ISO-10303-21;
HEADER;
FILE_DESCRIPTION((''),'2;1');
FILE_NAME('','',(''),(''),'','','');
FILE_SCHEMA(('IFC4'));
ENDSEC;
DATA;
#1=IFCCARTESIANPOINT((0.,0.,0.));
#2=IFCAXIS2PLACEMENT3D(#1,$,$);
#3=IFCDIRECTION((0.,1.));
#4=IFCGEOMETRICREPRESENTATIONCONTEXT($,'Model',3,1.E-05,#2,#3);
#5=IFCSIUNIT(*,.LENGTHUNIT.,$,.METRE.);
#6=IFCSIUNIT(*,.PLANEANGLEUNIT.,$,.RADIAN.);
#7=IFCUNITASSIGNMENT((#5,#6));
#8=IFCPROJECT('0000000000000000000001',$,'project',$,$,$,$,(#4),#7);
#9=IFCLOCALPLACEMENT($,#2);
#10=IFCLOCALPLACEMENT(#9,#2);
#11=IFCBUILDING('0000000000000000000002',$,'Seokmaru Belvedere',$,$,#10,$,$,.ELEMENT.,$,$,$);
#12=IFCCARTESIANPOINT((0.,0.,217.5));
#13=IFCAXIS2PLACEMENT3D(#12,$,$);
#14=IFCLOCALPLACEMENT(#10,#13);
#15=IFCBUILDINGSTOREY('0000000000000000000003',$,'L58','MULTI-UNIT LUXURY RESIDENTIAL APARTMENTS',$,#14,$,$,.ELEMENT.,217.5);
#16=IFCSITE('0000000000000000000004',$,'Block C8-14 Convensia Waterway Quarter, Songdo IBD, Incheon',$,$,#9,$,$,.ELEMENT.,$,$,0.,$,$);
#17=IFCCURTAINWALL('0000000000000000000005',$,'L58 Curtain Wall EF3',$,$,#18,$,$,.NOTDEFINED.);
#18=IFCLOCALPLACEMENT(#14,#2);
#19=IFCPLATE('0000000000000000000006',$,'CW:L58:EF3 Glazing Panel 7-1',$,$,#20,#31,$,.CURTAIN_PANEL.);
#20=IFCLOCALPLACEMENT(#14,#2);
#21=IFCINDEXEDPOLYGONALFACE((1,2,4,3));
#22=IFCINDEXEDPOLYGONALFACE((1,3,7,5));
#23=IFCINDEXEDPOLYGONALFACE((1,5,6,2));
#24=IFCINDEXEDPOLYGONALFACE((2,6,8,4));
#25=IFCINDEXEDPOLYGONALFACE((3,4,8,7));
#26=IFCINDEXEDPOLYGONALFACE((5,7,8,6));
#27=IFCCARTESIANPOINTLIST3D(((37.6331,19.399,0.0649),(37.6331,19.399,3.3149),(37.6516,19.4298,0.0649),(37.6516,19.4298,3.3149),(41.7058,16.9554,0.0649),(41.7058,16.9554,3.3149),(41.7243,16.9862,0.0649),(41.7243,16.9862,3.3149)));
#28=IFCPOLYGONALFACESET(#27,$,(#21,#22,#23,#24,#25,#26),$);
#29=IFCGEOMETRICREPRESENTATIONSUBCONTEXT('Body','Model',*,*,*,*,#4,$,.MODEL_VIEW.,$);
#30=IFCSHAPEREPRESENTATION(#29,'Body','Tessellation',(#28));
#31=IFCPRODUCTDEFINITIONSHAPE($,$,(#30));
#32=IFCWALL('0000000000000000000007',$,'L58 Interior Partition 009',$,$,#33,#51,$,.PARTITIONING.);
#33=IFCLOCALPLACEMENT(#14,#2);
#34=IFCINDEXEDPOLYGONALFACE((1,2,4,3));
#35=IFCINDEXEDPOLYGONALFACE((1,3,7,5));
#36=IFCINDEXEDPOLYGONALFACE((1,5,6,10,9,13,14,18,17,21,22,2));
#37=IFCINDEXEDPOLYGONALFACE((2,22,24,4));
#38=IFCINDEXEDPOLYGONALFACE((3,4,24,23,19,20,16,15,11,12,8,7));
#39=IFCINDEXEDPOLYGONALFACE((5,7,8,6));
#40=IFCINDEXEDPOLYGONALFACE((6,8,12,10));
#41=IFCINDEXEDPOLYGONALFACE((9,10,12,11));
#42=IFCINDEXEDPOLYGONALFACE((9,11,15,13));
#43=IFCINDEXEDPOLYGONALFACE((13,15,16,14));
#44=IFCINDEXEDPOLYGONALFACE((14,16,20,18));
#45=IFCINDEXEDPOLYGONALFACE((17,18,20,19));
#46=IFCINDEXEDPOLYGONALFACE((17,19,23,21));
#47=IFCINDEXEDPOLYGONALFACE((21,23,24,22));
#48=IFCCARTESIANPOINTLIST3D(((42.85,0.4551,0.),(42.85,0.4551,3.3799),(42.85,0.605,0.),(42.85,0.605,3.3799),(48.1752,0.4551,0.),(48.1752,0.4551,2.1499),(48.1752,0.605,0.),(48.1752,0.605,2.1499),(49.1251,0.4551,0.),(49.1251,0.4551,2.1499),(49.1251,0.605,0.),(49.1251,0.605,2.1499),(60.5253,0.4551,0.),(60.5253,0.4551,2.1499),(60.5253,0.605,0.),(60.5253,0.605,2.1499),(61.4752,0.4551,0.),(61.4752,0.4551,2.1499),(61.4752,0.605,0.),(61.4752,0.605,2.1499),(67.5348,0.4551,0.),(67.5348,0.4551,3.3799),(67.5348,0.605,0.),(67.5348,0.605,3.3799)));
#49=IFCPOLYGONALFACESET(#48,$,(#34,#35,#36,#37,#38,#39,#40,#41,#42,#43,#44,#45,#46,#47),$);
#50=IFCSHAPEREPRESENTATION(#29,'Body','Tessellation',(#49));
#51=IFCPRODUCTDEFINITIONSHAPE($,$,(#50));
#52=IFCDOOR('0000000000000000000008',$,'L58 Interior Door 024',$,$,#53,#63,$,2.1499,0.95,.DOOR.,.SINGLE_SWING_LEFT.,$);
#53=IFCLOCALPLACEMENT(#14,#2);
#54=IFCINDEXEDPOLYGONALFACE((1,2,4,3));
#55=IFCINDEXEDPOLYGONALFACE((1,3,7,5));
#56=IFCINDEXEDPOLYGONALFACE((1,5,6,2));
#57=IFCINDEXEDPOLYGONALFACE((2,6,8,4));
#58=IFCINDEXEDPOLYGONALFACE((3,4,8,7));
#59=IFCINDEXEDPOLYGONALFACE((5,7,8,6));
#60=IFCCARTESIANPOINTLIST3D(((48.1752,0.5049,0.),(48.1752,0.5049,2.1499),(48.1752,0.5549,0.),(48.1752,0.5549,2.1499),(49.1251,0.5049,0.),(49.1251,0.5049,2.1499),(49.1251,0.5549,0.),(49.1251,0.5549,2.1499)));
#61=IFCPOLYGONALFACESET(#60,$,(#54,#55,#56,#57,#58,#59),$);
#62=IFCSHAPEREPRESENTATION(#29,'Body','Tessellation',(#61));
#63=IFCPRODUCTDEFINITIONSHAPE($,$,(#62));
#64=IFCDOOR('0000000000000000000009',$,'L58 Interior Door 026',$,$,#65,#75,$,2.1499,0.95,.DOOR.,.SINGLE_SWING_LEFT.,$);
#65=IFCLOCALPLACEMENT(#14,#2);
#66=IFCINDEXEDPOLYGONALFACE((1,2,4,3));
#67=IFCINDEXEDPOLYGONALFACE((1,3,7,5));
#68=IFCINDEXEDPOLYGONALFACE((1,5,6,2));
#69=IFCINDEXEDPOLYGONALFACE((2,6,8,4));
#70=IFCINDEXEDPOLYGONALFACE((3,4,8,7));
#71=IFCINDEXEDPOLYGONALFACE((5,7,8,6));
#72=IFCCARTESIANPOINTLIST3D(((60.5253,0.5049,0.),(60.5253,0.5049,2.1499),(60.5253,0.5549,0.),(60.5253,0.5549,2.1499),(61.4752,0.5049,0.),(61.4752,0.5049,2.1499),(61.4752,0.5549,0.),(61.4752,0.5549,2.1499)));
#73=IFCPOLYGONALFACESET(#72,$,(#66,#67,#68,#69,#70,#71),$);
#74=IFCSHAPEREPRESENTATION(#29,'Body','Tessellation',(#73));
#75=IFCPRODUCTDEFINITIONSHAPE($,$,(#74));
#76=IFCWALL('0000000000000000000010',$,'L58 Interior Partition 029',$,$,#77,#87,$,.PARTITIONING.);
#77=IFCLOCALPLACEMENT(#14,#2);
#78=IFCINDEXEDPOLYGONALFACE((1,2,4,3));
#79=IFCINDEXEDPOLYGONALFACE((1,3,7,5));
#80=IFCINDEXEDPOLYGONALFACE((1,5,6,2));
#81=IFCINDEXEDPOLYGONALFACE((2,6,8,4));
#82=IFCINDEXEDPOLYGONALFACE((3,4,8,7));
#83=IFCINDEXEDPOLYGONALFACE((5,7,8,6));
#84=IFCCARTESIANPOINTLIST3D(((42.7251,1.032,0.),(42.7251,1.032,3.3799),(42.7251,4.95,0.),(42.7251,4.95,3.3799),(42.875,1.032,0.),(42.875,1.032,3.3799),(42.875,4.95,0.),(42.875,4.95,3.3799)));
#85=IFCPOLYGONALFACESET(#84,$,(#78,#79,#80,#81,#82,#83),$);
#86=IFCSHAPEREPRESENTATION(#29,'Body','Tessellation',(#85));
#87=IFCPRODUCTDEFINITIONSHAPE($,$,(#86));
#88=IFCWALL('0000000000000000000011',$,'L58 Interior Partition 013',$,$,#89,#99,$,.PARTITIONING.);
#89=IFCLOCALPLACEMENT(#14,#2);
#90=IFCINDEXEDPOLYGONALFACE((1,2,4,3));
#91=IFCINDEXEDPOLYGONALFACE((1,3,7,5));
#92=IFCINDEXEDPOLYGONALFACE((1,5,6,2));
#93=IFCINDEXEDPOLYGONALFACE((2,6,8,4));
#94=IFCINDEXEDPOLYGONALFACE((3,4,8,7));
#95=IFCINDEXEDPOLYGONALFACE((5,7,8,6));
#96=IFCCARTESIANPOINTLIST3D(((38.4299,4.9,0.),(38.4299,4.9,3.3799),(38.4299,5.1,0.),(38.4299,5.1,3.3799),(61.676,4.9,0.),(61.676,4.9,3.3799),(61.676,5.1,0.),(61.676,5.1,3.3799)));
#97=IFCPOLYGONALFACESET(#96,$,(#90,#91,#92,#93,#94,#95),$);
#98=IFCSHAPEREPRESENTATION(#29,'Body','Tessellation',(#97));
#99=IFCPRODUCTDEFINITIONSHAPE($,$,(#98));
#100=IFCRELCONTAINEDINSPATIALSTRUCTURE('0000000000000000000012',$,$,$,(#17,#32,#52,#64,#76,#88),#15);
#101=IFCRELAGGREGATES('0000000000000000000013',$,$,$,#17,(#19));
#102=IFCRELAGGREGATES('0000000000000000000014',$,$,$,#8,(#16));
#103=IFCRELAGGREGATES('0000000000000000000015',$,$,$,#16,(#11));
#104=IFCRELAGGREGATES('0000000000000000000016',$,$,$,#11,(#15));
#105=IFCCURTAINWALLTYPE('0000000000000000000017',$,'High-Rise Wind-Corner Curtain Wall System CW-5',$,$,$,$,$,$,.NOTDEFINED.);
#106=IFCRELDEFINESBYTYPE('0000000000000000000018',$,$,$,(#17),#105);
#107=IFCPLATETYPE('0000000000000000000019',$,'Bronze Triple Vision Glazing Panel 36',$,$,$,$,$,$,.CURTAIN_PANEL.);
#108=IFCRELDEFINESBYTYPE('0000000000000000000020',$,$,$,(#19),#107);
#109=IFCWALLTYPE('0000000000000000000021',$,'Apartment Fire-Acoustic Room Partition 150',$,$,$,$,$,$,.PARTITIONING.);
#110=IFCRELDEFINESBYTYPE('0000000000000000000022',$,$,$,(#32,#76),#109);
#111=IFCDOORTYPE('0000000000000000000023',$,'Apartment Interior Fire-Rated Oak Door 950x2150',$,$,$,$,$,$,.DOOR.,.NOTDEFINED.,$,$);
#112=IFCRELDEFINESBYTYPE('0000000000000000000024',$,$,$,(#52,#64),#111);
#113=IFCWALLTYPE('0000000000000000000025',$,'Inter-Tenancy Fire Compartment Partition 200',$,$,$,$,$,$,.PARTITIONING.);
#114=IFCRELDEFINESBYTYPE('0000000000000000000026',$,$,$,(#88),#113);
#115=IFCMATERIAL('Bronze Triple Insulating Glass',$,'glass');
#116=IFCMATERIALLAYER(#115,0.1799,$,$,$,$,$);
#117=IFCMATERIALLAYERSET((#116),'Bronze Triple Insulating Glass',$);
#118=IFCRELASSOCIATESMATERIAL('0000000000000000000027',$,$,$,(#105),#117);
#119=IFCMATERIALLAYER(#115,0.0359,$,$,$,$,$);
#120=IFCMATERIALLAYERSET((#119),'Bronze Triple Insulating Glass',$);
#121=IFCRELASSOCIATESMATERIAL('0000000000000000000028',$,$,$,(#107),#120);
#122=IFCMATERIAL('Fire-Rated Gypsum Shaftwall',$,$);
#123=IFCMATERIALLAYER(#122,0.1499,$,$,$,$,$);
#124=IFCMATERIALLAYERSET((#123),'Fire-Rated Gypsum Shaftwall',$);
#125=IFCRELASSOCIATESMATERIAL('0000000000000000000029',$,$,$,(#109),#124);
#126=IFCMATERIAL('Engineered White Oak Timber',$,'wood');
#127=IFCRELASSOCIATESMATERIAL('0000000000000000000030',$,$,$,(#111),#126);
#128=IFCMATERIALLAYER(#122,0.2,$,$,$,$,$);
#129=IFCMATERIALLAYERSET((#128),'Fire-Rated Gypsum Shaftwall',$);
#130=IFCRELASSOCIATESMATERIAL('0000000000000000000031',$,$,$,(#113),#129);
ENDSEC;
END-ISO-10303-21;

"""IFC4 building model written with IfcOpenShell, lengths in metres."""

from ifc_helpers import new_model, si_unit, direction, frame, frame_2d, origin, origin_2d, place, context, subcontext, project, spatial, rectangle, extrude, source, transform, mapped, material, layer, layer_set, type_object, type_shapes, element, fill, aggregate, save


model = new_model("IFC4")

# Units and contexts
model_context = context("Model", 3, precision=1e-05, world=origin(), true_north=direction((0.0, 1.0)))
body_context = subcontext(model_context, "Body", "Model", "MODEL_VIEW")
ifc_project = project(units=[si_unit("LENGTHUNIT", "METRE"), si_unit("PLANEANGLEUNIT", "RADIAN")], contexts=[model_context])

# Site, building, storey
site_placement = place(None, origin())
site = spatial("IfcSite", under=ifc_project, at=site_placement, Name="Block C8-14 Convensia Waterway Quarter, Songdo IBD, Incheon", CompositionType="ELEMENT", RefElevation=0.0)
building_placement = place(site_placement, origin())
building = spatial("IfcBuilding", under=site, at=building_placement, Name="Seokmaru Belvedere", CompositionType="ELEMENT")
storey_placement = place(building_placement, frame((0.0, 0.0, 217.5)))
storey = spatial("IfcBuildingStorey", under=building, at=storey_placement, Name="L58", Description="MULTI-UNIT LUXURY RESIDENTIAL APARTMENTS", CompositionType="ELEMENT", Elevation=217.5)

# Curtain wall, plate
ifc_material_1 = material(Name="Bronze Triple Insulating Glass", Category="glass")
ifc_layer_1 = layer(ifc_material_1, 0.1799)
ifc_layer_set_1 = layer_set([ifc_layer_1], Name="Bronze Triple Insulating Glass")
curtain_wall_type = type_object("IfcCurtainWallType", Name="High-Rise Wind-Corner Curtain Wall System CW-5", PredefinedType="NOTDEFINED", material=ifc_layer_set_1)
curtain_wall_placement = place(storey_placement, origin())
curtain_wall = element("IfcCurtainWall", 1, at=curtain_wall_placement, inside=storey, type_object=curtain_wall_type, Name="L58 Curtain Wall EF3", PredefinedType="NOTDEFINED")
ifc_layer_2 = layer(ifc_material_1, 0.0359)
ifc_layer_set_2 = layer_set([ifc_layer_2], Name="Bronze Triple Insulating Glass")
plate_type = type_object("IfcPlateType", Name="Bronze Triple Vision Glazing Panel 36", PredefinedType="CURTAIN_PANEL", material=ifc_layer_set_2)
shared_shape_1 = source(origin(), body_context, "Body", "SweptSolid", [
    extrude(rectangle(XDim=4.7495, YDim=0.0359, at=origin_2d()), origin(), (0.0, 0.0, 1.0), 3.25),
])
type_shapes(plate_type, [shared_shape_1])
plate_1_placement = place(storey_placement, frame((39.6787, 18.1926, 0.0649), z_axis=(0.0, 0.0, 1.0), x_axis=(-0.857493, 0.514495, 0.0)))
plate_1 = element("IfcPlate", 2, at=plate_1_placement, type_object=plate_type, Name="CW:L58:EF3 Glazing Panel 7-1", PredefinedType="CURTAIN_PANEL", context=body_context, shape_type="MappedRepresentation", body=[
    mapped(shared_shape_1, transform((0.0, 0.0, 0.0), scale=1.0)),
])
aggregate(curtain_wall, [plate_1])

# Wall, openings, doors
ifc_material_2 = material(Name="Fire-Rated Gypsum Shaftwall")
ifc_layer_3 = layer(ifc_material_2, 0.1499)
ifc_layer_set_3 = layer_set([ifc_layer_3], Name="Fire-Rated Gypsum Shaftwall")
wall_type_1 = type_object("IfcWallType", Name="Apartment Fire-Acoustic Room Partition 150", PredefinedType="PARTITIONING", material=ifc_layer_set_3)
wall_1_placement = place(storey_placement, frame((42.8501, 0.53, 0.0), z_axis=(0.0, 0.0, 1.0), x_axis=(1.0, 0.0, 0.0)))
wall_1 = element("IfcWall", 3, at=wall_1_placement, inside=storey, type_object=wall_type_1, Name="L58 Interior Partition 009", PredefinedType="PARTITIONING", context=body_context, shape_type="SweptSolid", body=[
    extrude(rectangle(XDim=24.6848, YDim=0.1499, at=frame_2d((12.3423, 0.0))), origin(), (0.0, 0.0, 1.0), 3.3799),
])
opening_1_placement = place(wall_1_placement, frame((5.325, 0.0, 0.0)))
opening_1 = element("IfcOpeningElement", 4, at=opening_1_placement, cuts=wall_1, PredefinedType="OPENING", context=body_context, shape_type="SweptSolid", body=[
    extrude(rectangle(XDim=0.95, YDim=2.1499, at=frame_2d((0.4751, 1.075))), frame((0.0, 0.085, 0.0), z_axis=(0.0, -1.0, 0.0), x_axis=(1.0, 0.0, 0.0)), (0.0, 0.0, 1.0), 0.1699),
])
opening_2_placement = place(wall_1_placement, frame((17.675, 0.0, 0.0)))
opening_2 = element("IfcOpeningElement", 5, at=opening_2_placement, cuts=wall_1, PredefinedType="OPENING", context=body_context, shape_type="SweptSolid", body=[
    extrude(rectangle(XDim=0.95, YDim=2.1499, at=frame_2d((0.4751, 1.075))), frame((0.0, 0.085, 0.0), z_axis=(0.0, -1.0, 0.0), x_axis=(1.0, 0.0, 0.0)), (0.0, 0.0, 1.0), 0.1699),
])
ifc_material_3 = material(Name="Engineered White Oak Timber", Category="wood")
door_type_1 = type_object("IfcDoorType", Name="Apartment Interior Fire-Rated Oak Door 950x2150", OperationType="NOTDEFINED", PredefinedType="DOOR", material=ifc_material_3)
shared_shape_2 = source(origin(), body_context, "Body", "SweptSolid", [
    extrude(rectangle(XDim=0.95, YDim=2.1499, at=frame_2d((0.4751, 1.075))), frame((0.0, 0.0249, 0.0), z_axis=(0.0, -1.0, 0.0), x_axis=(1.0, 0.0, 0.0)), (0.0, 0.0, 1.0), 0.05),
])
type_shapes(door_type_1, [shared_shape_2])
door_1_placement = place(opening_1_placement, origin())
door_1 = element("IfcDoor", 6, at=door_1_placement, inside=storey, type_object=door_type_1, Name="L58 Interior Door 024", OperationType="SINGLE_SWING_LEFT", OverallHeight=2.1499, OverallWidth=0.95, PredefinedType="DOOR", context=body_context, shape_type="MappedRepresentation", body=[
    mapped(shared_shape_2, transform((0.0, 0.0, 0.0), scale=1.0)),
])
fill(opening_1, door_1)
door_2_placement = place(opening_2_placement, origin())
door_2 = element("IfcDoor", 7, at=door_2_placement, inside=storey, type_object=door_type_1, Name="L58 Interior Door 026", OperationType="SINGLE_SWING_LEFT", OverallHeight=2.1499, OverallWidth=0.95, PredefinedType="DOOR", context=body_context, shape_type="MappedRepresentation", body=[
    mapped(shared_shape_2, transform((0.0, 0.0, 0.0), scale=1.0)),
])
fill(opening_2, door_2)

# Walls
wall_2_placement = place(storey_placement, frame((42.8, 1.032, 0.0), z_axis=(0.0, 0.0, 1.0), x_axis=(0.0, 1.0, 0.0)))
element("IfcWall", 8, at=wall_2_placement, inside=storey, type_object=wall_type_1, Name="L58 Interior Partition 029", PredefinedType="PARTITIONING", context=body_context, shape_type="SweptSolid", body=[
    extrude(rectangle(XDim=3.918, YDim=0.1499, at=frame_2d((1.959, 0.0))), origin(), (0.0, 0.0, 1.0), 3.3799),
])
ifc_layer_4 = layer(ifc_material_2, 0.2)
ifc_layer_set_4 = layer_set([ifc_layer_4], Name="Fire-Rated Gypsum Shaftwall")
wall_type_2 = type_object("IfcWallType", Name="Inter-Tenancy Fire Compartment Partition 200", PredefinedType="PARTITIONING", material=ifc_layer_set_4)
wall_3_placement = place(storey_placement, frame((38.4299, 5.0, 0.0), z_axis=(0.0, 0.0, 1.0), x_axis=(1.0, 0.0, 0.0)))
element("IfcWall", 9, at=wall_3_placement, inside=storey, type_object=wall_type_2, Name="L58 Interior Partition 013", PredefinedType="PARTITIONING", context=body_context, shape_type="SweptSolid", body=[
    extrude(rectangle(XDim=23.2461, YDim=0.2, at=frame_2d((11.623, 0.0))), origin(), (0.0, 0.0, 1.0), 3.3799),
])

save(model, "model.ifc")
